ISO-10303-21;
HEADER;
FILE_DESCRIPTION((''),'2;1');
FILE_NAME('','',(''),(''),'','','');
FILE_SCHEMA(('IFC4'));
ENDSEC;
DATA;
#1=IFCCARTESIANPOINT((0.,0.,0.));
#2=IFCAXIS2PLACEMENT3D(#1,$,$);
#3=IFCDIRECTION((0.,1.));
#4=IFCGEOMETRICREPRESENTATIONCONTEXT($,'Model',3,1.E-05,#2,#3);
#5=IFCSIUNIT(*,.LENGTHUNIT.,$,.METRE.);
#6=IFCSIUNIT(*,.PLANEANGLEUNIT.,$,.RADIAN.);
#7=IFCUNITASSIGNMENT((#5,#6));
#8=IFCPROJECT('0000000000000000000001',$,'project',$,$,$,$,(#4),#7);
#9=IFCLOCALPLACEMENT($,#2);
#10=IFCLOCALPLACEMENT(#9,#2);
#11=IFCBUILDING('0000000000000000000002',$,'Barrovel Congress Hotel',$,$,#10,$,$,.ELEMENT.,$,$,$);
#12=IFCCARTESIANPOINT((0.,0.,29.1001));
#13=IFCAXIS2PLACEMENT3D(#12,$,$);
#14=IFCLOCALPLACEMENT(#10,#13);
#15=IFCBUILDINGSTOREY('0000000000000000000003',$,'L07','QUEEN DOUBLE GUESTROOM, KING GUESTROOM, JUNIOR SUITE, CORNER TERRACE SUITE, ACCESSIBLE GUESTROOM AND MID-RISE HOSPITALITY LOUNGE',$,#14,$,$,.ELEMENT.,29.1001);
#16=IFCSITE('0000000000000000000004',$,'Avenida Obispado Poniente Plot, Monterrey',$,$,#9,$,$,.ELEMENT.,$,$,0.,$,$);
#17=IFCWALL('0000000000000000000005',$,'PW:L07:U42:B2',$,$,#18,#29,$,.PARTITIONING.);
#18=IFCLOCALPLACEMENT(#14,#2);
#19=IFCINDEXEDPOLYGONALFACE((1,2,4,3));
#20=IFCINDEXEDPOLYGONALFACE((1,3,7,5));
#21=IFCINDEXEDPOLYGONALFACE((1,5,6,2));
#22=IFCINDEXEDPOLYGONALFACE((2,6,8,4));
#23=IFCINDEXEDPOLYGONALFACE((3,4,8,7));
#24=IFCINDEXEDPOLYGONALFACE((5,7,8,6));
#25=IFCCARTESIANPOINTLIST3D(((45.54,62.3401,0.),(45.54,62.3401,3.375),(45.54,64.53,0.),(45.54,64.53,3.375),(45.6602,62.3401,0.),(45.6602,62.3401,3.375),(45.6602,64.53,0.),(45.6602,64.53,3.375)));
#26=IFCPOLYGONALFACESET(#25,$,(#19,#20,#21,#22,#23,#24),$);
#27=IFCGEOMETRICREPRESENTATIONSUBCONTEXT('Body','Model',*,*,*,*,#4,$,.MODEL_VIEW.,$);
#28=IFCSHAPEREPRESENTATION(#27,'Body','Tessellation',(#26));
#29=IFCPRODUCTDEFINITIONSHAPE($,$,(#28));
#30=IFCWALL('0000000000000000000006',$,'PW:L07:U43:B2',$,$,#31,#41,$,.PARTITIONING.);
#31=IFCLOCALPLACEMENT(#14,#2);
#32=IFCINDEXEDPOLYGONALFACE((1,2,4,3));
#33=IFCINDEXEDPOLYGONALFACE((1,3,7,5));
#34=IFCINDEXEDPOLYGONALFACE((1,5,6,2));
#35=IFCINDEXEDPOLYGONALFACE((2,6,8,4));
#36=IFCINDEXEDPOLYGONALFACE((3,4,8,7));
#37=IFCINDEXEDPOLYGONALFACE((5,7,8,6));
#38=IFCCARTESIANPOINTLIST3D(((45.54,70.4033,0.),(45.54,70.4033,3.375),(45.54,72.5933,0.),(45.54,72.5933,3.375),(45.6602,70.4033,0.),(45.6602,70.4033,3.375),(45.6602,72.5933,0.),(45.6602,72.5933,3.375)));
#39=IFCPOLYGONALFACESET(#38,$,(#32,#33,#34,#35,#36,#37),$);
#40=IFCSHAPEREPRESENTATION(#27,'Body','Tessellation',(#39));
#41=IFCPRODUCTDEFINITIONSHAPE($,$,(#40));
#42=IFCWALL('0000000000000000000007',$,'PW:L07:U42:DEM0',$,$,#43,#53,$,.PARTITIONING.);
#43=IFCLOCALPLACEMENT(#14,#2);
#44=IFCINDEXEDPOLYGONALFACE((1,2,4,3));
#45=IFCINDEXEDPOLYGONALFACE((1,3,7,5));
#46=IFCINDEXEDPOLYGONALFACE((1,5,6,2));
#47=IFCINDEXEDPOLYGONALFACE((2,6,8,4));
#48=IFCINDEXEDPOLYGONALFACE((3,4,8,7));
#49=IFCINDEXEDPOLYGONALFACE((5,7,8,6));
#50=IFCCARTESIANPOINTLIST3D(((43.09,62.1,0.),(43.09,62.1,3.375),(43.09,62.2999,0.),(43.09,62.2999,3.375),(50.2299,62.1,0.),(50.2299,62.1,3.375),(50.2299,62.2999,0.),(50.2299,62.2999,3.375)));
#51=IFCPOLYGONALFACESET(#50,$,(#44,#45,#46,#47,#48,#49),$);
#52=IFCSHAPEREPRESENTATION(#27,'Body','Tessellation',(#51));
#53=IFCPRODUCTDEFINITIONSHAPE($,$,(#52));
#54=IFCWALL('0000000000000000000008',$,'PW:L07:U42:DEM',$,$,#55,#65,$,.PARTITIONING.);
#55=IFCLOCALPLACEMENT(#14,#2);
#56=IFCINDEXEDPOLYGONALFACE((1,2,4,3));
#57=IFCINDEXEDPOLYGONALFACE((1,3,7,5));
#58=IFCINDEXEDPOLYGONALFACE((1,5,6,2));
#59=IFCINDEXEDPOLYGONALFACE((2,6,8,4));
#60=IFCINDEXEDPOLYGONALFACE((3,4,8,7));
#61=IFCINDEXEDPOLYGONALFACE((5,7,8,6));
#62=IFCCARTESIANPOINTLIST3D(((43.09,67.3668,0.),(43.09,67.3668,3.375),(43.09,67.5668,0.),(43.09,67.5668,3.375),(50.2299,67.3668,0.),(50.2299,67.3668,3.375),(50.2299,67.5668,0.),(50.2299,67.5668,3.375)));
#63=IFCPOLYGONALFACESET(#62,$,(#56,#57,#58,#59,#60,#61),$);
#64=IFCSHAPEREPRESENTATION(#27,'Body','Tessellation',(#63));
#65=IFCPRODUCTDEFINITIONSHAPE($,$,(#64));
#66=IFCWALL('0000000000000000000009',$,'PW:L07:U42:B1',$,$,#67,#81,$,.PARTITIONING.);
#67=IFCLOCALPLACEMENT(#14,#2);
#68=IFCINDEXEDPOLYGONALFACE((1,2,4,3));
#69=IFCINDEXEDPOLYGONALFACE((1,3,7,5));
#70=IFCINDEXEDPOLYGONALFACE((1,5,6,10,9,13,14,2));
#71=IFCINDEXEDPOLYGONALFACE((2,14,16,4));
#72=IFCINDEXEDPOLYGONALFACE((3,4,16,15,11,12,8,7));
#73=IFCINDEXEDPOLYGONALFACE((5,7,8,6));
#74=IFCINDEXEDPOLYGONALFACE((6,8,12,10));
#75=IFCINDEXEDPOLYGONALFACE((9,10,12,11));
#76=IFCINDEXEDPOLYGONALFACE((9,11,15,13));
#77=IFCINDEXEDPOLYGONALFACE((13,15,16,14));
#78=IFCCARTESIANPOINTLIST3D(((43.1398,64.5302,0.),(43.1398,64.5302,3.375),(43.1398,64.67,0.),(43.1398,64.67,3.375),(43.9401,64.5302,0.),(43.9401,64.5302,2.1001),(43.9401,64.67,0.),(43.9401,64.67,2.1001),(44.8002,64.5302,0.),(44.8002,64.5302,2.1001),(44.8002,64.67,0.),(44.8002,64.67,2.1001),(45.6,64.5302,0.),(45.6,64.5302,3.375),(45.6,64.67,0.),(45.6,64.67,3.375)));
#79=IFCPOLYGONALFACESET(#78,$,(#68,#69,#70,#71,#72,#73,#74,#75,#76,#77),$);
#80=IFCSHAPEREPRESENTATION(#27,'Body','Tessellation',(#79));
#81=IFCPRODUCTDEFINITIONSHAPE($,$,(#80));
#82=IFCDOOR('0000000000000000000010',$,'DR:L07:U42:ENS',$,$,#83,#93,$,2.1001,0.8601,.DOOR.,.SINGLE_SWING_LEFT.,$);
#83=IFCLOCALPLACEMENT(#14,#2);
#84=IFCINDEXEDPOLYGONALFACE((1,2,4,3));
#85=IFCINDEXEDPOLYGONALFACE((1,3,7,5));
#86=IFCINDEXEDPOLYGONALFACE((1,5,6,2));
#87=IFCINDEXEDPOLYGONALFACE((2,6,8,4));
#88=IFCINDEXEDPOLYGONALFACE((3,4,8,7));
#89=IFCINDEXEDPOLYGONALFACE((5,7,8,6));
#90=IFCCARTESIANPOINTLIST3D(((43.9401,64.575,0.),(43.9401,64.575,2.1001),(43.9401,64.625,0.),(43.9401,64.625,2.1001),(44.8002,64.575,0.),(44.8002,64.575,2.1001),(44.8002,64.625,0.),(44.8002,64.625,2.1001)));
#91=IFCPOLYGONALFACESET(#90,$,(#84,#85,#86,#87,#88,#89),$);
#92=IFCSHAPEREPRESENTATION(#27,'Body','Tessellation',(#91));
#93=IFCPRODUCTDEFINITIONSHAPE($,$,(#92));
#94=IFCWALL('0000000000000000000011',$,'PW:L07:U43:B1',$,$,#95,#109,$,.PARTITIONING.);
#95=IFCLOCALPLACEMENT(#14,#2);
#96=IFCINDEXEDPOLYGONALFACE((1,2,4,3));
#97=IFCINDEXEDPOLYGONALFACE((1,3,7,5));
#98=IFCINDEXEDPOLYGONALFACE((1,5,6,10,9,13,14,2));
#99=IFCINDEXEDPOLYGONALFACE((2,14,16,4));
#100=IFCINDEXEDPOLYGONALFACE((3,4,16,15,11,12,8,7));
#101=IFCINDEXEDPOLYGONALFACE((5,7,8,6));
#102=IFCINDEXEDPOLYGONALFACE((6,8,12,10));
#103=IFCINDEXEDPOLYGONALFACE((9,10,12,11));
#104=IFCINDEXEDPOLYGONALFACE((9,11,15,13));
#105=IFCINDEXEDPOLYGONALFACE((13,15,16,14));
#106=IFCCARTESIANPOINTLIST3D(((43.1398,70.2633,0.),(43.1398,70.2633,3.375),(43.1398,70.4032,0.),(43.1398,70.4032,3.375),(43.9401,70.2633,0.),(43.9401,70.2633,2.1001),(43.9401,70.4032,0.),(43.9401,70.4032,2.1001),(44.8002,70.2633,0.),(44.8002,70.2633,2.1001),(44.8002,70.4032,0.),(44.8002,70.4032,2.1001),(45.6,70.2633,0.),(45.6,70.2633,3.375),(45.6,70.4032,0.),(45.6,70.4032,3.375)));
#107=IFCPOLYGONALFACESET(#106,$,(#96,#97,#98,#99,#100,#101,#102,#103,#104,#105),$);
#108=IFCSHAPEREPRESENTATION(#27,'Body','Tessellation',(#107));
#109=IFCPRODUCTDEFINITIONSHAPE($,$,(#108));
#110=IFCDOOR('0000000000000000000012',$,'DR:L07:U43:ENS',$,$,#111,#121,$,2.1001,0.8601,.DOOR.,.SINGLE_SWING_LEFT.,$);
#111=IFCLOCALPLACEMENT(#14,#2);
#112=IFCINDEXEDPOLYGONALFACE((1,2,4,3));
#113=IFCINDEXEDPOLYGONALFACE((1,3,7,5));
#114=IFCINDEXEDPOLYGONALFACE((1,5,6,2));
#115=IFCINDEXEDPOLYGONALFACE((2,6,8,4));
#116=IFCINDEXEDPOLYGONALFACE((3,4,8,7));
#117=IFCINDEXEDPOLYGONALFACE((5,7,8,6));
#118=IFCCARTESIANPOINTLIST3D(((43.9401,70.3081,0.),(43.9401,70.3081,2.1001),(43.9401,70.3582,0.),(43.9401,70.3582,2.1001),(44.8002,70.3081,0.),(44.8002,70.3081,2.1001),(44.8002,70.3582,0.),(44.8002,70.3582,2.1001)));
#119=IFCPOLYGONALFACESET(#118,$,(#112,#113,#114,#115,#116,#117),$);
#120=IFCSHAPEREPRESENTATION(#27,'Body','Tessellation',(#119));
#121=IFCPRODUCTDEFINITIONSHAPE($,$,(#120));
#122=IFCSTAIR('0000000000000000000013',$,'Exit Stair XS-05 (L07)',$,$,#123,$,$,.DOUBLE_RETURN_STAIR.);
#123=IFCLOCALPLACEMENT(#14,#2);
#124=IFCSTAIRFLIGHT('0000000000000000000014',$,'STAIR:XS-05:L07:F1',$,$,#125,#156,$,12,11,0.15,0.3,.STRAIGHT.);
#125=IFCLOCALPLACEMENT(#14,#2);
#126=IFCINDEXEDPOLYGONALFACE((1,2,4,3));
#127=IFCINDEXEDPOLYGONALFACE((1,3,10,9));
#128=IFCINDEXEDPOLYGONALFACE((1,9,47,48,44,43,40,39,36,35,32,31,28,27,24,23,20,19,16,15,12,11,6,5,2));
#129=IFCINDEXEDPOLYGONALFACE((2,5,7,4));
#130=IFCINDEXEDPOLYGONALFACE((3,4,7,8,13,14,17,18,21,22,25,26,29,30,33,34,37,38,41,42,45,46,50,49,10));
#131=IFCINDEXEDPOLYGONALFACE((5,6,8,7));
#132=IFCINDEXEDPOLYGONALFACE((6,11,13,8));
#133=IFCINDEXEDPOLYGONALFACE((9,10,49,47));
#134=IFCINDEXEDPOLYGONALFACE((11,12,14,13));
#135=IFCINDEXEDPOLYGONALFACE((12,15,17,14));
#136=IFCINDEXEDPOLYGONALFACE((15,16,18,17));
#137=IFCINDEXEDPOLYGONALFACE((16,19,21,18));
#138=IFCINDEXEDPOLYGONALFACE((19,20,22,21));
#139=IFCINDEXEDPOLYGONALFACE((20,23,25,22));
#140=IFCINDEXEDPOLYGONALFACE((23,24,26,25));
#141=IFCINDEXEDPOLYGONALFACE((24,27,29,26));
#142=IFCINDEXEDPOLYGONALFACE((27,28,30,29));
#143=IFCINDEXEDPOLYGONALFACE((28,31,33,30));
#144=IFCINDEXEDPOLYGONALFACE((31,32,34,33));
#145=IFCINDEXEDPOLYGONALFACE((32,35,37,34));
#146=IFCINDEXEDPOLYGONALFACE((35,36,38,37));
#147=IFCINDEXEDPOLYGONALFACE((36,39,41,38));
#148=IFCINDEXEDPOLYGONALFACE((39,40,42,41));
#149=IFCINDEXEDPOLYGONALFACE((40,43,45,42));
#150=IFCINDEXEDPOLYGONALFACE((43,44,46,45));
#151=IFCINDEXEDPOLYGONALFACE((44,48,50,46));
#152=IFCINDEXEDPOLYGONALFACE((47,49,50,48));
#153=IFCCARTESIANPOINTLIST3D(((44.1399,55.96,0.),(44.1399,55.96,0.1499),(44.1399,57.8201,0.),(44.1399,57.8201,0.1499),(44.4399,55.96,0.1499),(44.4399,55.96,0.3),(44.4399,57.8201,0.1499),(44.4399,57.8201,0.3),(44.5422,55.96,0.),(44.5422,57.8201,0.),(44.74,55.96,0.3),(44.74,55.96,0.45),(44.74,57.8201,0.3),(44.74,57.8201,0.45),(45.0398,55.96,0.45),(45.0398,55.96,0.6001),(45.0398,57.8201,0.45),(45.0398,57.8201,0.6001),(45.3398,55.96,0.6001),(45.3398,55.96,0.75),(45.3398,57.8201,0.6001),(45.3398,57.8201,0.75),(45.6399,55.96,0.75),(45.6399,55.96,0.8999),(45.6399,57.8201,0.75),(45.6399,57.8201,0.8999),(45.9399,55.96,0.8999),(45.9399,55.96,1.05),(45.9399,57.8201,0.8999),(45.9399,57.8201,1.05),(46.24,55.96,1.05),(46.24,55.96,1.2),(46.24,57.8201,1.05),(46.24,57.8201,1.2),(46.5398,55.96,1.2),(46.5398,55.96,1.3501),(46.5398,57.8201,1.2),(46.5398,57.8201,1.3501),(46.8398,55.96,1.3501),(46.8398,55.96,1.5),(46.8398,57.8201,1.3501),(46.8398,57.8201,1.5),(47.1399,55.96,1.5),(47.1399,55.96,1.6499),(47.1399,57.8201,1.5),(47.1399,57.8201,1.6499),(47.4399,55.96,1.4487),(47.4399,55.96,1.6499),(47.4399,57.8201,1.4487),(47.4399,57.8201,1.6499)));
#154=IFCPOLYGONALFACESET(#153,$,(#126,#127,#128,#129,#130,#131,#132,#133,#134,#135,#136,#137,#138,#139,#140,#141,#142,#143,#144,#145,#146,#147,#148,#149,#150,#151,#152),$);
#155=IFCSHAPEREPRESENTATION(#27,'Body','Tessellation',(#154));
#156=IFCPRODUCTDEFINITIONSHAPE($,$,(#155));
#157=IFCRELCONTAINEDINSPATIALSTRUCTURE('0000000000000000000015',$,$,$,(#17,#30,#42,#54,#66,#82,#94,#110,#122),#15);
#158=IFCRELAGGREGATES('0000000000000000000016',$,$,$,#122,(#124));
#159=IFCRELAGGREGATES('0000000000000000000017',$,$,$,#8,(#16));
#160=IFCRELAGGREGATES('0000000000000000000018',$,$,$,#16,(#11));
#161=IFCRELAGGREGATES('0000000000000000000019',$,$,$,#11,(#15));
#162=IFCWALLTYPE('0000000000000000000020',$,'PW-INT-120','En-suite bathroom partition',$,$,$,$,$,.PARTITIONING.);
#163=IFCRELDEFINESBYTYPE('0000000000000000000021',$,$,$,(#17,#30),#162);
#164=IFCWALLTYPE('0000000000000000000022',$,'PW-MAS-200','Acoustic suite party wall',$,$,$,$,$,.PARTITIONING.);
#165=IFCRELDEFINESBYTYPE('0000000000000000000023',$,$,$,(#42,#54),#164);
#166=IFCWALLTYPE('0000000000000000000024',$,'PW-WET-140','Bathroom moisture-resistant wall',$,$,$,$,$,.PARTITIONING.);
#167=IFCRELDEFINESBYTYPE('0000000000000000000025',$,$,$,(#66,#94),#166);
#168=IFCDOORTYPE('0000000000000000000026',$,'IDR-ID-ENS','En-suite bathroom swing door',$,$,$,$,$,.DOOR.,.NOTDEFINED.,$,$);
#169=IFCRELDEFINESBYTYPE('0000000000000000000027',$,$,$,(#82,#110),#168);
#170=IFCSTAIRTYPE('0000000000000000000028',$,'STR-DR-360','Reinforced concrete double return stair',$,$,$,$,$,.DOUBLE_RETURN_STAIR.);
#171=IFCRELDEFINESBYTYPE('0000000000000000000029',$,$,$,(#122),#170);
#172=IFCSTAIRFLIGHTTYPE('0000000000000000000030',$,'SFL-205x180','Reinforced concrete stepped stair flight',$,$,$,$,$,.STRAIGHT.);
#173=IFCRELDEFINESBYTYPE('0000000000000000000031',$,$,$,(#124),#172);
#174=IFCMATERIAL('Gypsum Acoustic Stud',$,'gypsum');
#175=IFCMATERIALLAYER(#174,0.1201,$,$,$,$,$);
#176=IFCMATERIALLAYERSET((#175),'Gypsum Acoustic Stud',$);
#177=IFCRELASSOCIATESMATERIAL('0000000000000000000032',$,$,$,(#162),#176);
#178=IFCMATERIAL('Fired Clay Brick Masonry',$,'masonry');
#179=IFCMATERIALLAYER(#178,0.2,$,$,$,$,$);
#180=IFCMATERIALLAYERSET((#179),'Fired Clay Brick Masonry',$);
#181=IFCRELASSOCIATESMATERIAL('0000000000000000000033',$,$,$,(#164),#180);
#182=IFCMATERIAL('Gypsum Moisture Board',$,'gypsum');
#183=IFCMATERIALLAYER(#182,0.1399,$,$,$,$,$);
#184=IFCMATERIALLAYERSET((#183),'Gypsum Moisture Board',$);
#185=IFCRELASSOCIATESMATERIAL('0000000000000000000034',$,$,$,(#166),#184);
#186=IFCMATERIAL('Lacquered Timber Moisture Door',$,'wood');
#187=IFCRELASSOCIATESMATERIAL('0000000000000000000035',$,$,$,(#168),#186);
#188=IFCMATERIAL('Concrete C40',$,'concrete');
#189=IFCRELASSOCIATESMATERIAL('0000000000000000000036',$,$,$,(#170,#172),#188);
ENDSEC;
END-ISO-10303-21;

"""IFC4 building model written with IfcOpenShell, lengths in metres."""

from ifc_helpers import new_model, si_unit, direction, frame, frame_2d, origin, place, context, subcontext, project, spatial, polyline, rectangle, outline, extrude, material, layer, layer_set, type_object, element, fill, aggregate, save


model = new_model("IFC4")

# Units and contexts
model_context = context("Model", 3, precision=1e-05, world=origin(), true_north=direction((0.0, 1.0)))
body_context = subcontext(model_context, "Body", "Model", "MODEL_VIEW")
ifc_project = project(units=[si_unit("LENGTHUNIT", "METRE"), si_unit("PLANEANGLEUNIT", "RADIAN")], contexts=[model_context])

# Site, building, storey
site_placement = place(None, origin())
site = spatial("IfcSite", under=ifc_project, at=site_placement, Name="Avenida Obispado Poniente Plot, Monterrey", CompositionType="ELEMENT", RefElevation=0.0)
building_placement = place(site_placement, origin())
building = spatial("IfcBuilding", under=site, at=building_placement, Name="Barrovel Congress Hotel", CompositionType="ELEMENT")
storey_placement = place(building_placement, frame((0.0, 0.0, 29.1001)))
storey = spatial("IfcBuildingStorey", under=building, at=storey_placement, Name="L07", Description="QUEEN DOUBLE GUESTROOM, KING GUESTROOM, JUNIOR SUITE, CORNER TERRACE SUITE, ACCESSIBLE GUESTROOM AND MID-RISE HOSPITALITY LOUNGE", CompositionType="ELEMENT", Elevation=29.1001)

# Shared definitions
ifc_material_1 = material(Name="Concrete C40", Category="concrete")

# Shared definitions
ifc_material_2 = material(Name="Fired Clay Brick Masonry", Category="masonry")

# Shared definitions
ifc_material_3 = material(Name="Gypsum Acoustic Stud", Category="gypsum")

# Walls
ifc_layer_1 = layer(ifc_material_3, 0.1201)
ifc_layer_set_1 = layer_set([ifc_layer_1], Name="Gypsum Acoustic Stud")
wall_type_1 = type_object("IfcWallType", Name="PW-INT-120", Description="En-suite bathroom partition", PredefinedType="PARTITIONING", material=ifc_layer_set_1)
for number, where, z_axis, x_axis, name in (
    (1, (45.6001, 62.3401, 0.0), (0.0, 0.0, 1.0), (0.0, 1.0, 0.0), "PW:L07:U42:B2"),
    (2, (45.6001, 70.4033, 0.0), (0.0, 0.0, 1.0), (0.0, 1.0, 0.0), "PW:L07:U43:B2"),
):
    element("IfcWall", number, at=place(storey_placement, frame(where, z_axis=z_axis, x_axis=x_axis)), inside=storey, type_object=wall_type_1, Name=name, PredefinedType="PARTITIONING", context=body_context, shape_type="SweptSolid", body=[
        extrude(rectangle(XDim=2.1899, YDim=0.1201, at=frame_2d((1.095, 0.0))), origin(), (0.0, 0.0, 1.0), 3.375),
    ])
ifc_layer_2 = layer(ifc_material_2, 0.2)
ifc_layer_set_2 = layer_set([ifc_layer_2], Name="Fired Clay Brick Masonry")
wall_type_2 = type_object("IfcWallType", Name="PW-MAS-200", Description="Acoustic suite party wall", PredefinedType="PARTITIONING", material=ifc_layer_set_2)
for number, where, z_axis, x_axis, name in (
    (3, (43.0901, 62.2, 0.0), (0.0, 0.0, 1.0), (1.0, 0.0, 0.0), "PW:L07:U42:DEM0"),
    (4, (43.0901, 67.4668, 0.0), (0.0, 0.0, 1.0), (1.0, 0.0, 0.0), "PW:L07:U42:DEM"),
):
    element("IfcWall", number, at=place(storey_placement, frame(where, z_axis=z_axis, x_axis=x_axis)), inside=storey, type_object=wall_type_2, Name=name, PredefinedType="PARTITIONING", context=body_context, shape_type="SweptSolid", body=[
        extrude(rectangle(XDim=7.1399, YDim=0.2, at=frame_2d((3.5698, 0.0))), origin(), (0.0, 0.0, 1.0), 3.375),
    ])

# Walls, openings, doors
ifc_material_4 = material(Name="Gypsum Moisture Board", Category="gypsum")
ifc_layer_3 = layer(ifc_material_4, 0.1399)
ifc_layer_set_3 = layer_set([ifc_layer_3], Name="Gypsum Moisture Board")
wall_type_3 = type_object("IfcWallType", Name="PW-WET-140", Description="Bathroom moisture-resistant wall", PredefinedType="PARTITIONING", material=ifc_layer_set_3)
wall_1_placement = place(storey_placement, frame((43.1399, 64.6001, 0.0), z_axis=(0.0, 0.0, 1.0), x_axis=(1.0, 0.0, 0.0)))
wall_1 = element("IfcWall", 5, at=wall_1_placement, inside=storey, type_object=wall_type_3, Name="PW:L07:U42:B1", PredefinedType="PARTITIONING", context=body_context, shape_type="SweptSolid", body=[
    extrude(rectangle(XDim=2.4602, YDim=0.1399, at=frame_2d((1.23, 0.0))), origin(), (0.0, 0.0, 1.0), 3.375),
])
opening_1_placement = place(wall_1_placement, frame((0.8, 0.0, 0.0)))
opening_1 = element("IfcOpeningElement", 6, at=opening_1_placement, cuts=wall_1, PredefinedType="OPENING", context=body_context, shape_type="SweptSolid", body=[
    extrude(rectangle(XDim=0.8601, YDim=2.1001, at=frame_2d((0.4302, 1.05))), frame((0.0, 0.0801, 0.0), z_axis=(0.0, -1.0, 0.0), x_axis=(1.0, 0.0, 0.0)), (0.0, 0.0, 1.0), 0.1599),
])
ifc_material_5 = material(Name="Lacquered Timber Moisture Door", Category="wood")
door_type_1 = type_object("IfcDoorType", Name="IDR-ID-ENS", Description="En-suite bathroom swing door", OperationType="NOTDEFINED", PredefinedType="DOOR", material=ifc_material_5)
door_1_placement = place(opening_1_placement, origin())
door_1 = element("IfcDoor", 7, at=door_1_placement, inside=storey, type_object=door_type_1, Name="DR:L07:U42:ENS", OperationType="SINGLE_SWING_LEFT", OverallHeight=2.1001, OverallWidth=0.8601, PredefinedType="DOOR", context=body_context, shape_type="SweptSolid", body=[
    extrude(rectangle(XDim=0.8601, YDim=2.1001, at=frame_2d((0.4302, 1.05))), frame((0.0, 0.0249, 0.0), z_axis=(0.0, -1.0, 0.0), x_axis=(1.0, 0.0, 0.0)), (0.0, 0.0, 1.0), 0.05),
])
fill(opening_1, door_1)
wall_2_placement = place(storey_placement, frame((43.1399, 70.3333, 0.0), z_axis=(0.0, 0.0, 1.0), x_axis=(1.0, 0.0, 0.0)))
wall_2 = element("IfcWall", 8, at=wall_2_placement, inside=storey, type_object=wall_type_3, Name="PW:L07:U43:B1", PredefinedType="PARTITIONING", context=body_context, shape_type="SweptSolid", body=[
    extrude(rectangle(XDim=2.4602, YDim=0.1399, at=frame_2d((1.23, 0.0))), origin(), (0.0, 0.0, 1.0), 3.375),
])
opening_2_placement = place(wall_2_placement, frame((0.8, 0.0, 0.0)))
opening_2 = element("IfcOpeningElement", 9, at=opening_2_placement, cuts=wall_2, PredefinedType="OPENING", context=body_context, shape_type="SweptSolid", body=[
    extrude(rectangle(XDim=0.8601, YDim=2.1001, at=frame_2d((0.4302, 1.05))), frame((0.0, 0.0801, 0.0), z_axis=(0.0, -1.0, 0.0), x_axis=(1.0, 0.0, 0.0)), (0.0, 0.0, 1.0), 0.1599),
])
door_2_placement = place(opening_2_placement, origin())
door_2 = element("IfcDoor", 10, at=door_2_placement, inside=storey, type_object=door_type_1, Name="DR:L07:U43:ENS", OperationType="SINGLE_SWING_LEFT", OverallHeight=2.1001, OverallWidth=0.8601, PredefinedType="DOOR", context=body_context, shape_type="SweptSolid", body=[
    extrude(rectangle(XDim=0.8601, YDim=2.1001, at=frame_2d((0.4302, 1.05))), frame((0.0, 0.0249, 0.0), z_axis=(0.0, -1.0, 0.0), x_axis=(1.0, 0.0, 0.0)), (0.0, 0.0, 1.0), 0.05),
])
fill(opening_2, door_2)

# Stair, stair flight
stair_type = type_object("IfcStairType", Name="STR-DR-360", Description="Reinforced concrete double return stair", PredefinedType="DOUBLE_RETURN_STAIR", material=ifc_material_1)
stair_placement = place(storey_placement, origin())
stair = element("IfcStair", 11, at=stair_placement, inside=storey, type_object=stair_type, Name="Exit Stair XS-05 (L07)", PredefinedType="DOUBLE_RETURN_STAIR")
stair_flight_type = type_object("IfcStairFlightType", Name="SFL-205x180", Description="Reinforced concrete stepped stair flight", PredefinedType="STRAIGHT", material=ifc_material_1)
stair_flight_1_placement = place(storey_placement, frame((44.1399, 56.8899, 0.0), z_axis=(0.0, 0.0, 1.0), x_axis=(1.0, 0.0, 0.0)))
stair_flight_1 = element("IfcStairFlight", 12, at=stair_flight_1_placement, type_object=stair_flight_type, Name="STAIR:XS-05:L07:F1", NumberOfRisers=12, NumberOfTreads=11, PredefinedType="STRAIGHT", RiserHeight=0.15, TreadLength=0.3, context=body_context, shape_type="SweptSolid", body=[
    extrude(outline(polyline([(0.0, 0.0), (0.0, 0.1499), (0.3, 0.1499), (0.3, 0.3), (0.6001, 0.3), (0.6001, 0.45), (0.8999, 0.45), (0.8999, 0.6001), (1.2, 0.6001), (1.2, 0.75), (1.5, 0.75), (1.5, 0.8999), (1.8, 0.8999), (1.8, 1.05), (2.1001, 1.05), (2.1001, 1.2), (2.3999, 1.2), (2.3999, 1.3501), (2.7, 1.3501), (2.7, 1.5), (3.0, 1.5), (3.0, 1.6499), (3.3, 1.6499), (3.3, 1.8), (3.3, 1.4487), (0.4023, 0.0), (0.0, 0.0)])), frame((0.0, 0.9302, 0.0), z_axis=(0.0, -1.0, 0.0), x_axis=(1.0, 0.0, 0.0)), (0.0, 0.0, 1.0), 1.8601),
])
aggregate(stair, [stair_flight_1])

save(model, "model.ifc")
